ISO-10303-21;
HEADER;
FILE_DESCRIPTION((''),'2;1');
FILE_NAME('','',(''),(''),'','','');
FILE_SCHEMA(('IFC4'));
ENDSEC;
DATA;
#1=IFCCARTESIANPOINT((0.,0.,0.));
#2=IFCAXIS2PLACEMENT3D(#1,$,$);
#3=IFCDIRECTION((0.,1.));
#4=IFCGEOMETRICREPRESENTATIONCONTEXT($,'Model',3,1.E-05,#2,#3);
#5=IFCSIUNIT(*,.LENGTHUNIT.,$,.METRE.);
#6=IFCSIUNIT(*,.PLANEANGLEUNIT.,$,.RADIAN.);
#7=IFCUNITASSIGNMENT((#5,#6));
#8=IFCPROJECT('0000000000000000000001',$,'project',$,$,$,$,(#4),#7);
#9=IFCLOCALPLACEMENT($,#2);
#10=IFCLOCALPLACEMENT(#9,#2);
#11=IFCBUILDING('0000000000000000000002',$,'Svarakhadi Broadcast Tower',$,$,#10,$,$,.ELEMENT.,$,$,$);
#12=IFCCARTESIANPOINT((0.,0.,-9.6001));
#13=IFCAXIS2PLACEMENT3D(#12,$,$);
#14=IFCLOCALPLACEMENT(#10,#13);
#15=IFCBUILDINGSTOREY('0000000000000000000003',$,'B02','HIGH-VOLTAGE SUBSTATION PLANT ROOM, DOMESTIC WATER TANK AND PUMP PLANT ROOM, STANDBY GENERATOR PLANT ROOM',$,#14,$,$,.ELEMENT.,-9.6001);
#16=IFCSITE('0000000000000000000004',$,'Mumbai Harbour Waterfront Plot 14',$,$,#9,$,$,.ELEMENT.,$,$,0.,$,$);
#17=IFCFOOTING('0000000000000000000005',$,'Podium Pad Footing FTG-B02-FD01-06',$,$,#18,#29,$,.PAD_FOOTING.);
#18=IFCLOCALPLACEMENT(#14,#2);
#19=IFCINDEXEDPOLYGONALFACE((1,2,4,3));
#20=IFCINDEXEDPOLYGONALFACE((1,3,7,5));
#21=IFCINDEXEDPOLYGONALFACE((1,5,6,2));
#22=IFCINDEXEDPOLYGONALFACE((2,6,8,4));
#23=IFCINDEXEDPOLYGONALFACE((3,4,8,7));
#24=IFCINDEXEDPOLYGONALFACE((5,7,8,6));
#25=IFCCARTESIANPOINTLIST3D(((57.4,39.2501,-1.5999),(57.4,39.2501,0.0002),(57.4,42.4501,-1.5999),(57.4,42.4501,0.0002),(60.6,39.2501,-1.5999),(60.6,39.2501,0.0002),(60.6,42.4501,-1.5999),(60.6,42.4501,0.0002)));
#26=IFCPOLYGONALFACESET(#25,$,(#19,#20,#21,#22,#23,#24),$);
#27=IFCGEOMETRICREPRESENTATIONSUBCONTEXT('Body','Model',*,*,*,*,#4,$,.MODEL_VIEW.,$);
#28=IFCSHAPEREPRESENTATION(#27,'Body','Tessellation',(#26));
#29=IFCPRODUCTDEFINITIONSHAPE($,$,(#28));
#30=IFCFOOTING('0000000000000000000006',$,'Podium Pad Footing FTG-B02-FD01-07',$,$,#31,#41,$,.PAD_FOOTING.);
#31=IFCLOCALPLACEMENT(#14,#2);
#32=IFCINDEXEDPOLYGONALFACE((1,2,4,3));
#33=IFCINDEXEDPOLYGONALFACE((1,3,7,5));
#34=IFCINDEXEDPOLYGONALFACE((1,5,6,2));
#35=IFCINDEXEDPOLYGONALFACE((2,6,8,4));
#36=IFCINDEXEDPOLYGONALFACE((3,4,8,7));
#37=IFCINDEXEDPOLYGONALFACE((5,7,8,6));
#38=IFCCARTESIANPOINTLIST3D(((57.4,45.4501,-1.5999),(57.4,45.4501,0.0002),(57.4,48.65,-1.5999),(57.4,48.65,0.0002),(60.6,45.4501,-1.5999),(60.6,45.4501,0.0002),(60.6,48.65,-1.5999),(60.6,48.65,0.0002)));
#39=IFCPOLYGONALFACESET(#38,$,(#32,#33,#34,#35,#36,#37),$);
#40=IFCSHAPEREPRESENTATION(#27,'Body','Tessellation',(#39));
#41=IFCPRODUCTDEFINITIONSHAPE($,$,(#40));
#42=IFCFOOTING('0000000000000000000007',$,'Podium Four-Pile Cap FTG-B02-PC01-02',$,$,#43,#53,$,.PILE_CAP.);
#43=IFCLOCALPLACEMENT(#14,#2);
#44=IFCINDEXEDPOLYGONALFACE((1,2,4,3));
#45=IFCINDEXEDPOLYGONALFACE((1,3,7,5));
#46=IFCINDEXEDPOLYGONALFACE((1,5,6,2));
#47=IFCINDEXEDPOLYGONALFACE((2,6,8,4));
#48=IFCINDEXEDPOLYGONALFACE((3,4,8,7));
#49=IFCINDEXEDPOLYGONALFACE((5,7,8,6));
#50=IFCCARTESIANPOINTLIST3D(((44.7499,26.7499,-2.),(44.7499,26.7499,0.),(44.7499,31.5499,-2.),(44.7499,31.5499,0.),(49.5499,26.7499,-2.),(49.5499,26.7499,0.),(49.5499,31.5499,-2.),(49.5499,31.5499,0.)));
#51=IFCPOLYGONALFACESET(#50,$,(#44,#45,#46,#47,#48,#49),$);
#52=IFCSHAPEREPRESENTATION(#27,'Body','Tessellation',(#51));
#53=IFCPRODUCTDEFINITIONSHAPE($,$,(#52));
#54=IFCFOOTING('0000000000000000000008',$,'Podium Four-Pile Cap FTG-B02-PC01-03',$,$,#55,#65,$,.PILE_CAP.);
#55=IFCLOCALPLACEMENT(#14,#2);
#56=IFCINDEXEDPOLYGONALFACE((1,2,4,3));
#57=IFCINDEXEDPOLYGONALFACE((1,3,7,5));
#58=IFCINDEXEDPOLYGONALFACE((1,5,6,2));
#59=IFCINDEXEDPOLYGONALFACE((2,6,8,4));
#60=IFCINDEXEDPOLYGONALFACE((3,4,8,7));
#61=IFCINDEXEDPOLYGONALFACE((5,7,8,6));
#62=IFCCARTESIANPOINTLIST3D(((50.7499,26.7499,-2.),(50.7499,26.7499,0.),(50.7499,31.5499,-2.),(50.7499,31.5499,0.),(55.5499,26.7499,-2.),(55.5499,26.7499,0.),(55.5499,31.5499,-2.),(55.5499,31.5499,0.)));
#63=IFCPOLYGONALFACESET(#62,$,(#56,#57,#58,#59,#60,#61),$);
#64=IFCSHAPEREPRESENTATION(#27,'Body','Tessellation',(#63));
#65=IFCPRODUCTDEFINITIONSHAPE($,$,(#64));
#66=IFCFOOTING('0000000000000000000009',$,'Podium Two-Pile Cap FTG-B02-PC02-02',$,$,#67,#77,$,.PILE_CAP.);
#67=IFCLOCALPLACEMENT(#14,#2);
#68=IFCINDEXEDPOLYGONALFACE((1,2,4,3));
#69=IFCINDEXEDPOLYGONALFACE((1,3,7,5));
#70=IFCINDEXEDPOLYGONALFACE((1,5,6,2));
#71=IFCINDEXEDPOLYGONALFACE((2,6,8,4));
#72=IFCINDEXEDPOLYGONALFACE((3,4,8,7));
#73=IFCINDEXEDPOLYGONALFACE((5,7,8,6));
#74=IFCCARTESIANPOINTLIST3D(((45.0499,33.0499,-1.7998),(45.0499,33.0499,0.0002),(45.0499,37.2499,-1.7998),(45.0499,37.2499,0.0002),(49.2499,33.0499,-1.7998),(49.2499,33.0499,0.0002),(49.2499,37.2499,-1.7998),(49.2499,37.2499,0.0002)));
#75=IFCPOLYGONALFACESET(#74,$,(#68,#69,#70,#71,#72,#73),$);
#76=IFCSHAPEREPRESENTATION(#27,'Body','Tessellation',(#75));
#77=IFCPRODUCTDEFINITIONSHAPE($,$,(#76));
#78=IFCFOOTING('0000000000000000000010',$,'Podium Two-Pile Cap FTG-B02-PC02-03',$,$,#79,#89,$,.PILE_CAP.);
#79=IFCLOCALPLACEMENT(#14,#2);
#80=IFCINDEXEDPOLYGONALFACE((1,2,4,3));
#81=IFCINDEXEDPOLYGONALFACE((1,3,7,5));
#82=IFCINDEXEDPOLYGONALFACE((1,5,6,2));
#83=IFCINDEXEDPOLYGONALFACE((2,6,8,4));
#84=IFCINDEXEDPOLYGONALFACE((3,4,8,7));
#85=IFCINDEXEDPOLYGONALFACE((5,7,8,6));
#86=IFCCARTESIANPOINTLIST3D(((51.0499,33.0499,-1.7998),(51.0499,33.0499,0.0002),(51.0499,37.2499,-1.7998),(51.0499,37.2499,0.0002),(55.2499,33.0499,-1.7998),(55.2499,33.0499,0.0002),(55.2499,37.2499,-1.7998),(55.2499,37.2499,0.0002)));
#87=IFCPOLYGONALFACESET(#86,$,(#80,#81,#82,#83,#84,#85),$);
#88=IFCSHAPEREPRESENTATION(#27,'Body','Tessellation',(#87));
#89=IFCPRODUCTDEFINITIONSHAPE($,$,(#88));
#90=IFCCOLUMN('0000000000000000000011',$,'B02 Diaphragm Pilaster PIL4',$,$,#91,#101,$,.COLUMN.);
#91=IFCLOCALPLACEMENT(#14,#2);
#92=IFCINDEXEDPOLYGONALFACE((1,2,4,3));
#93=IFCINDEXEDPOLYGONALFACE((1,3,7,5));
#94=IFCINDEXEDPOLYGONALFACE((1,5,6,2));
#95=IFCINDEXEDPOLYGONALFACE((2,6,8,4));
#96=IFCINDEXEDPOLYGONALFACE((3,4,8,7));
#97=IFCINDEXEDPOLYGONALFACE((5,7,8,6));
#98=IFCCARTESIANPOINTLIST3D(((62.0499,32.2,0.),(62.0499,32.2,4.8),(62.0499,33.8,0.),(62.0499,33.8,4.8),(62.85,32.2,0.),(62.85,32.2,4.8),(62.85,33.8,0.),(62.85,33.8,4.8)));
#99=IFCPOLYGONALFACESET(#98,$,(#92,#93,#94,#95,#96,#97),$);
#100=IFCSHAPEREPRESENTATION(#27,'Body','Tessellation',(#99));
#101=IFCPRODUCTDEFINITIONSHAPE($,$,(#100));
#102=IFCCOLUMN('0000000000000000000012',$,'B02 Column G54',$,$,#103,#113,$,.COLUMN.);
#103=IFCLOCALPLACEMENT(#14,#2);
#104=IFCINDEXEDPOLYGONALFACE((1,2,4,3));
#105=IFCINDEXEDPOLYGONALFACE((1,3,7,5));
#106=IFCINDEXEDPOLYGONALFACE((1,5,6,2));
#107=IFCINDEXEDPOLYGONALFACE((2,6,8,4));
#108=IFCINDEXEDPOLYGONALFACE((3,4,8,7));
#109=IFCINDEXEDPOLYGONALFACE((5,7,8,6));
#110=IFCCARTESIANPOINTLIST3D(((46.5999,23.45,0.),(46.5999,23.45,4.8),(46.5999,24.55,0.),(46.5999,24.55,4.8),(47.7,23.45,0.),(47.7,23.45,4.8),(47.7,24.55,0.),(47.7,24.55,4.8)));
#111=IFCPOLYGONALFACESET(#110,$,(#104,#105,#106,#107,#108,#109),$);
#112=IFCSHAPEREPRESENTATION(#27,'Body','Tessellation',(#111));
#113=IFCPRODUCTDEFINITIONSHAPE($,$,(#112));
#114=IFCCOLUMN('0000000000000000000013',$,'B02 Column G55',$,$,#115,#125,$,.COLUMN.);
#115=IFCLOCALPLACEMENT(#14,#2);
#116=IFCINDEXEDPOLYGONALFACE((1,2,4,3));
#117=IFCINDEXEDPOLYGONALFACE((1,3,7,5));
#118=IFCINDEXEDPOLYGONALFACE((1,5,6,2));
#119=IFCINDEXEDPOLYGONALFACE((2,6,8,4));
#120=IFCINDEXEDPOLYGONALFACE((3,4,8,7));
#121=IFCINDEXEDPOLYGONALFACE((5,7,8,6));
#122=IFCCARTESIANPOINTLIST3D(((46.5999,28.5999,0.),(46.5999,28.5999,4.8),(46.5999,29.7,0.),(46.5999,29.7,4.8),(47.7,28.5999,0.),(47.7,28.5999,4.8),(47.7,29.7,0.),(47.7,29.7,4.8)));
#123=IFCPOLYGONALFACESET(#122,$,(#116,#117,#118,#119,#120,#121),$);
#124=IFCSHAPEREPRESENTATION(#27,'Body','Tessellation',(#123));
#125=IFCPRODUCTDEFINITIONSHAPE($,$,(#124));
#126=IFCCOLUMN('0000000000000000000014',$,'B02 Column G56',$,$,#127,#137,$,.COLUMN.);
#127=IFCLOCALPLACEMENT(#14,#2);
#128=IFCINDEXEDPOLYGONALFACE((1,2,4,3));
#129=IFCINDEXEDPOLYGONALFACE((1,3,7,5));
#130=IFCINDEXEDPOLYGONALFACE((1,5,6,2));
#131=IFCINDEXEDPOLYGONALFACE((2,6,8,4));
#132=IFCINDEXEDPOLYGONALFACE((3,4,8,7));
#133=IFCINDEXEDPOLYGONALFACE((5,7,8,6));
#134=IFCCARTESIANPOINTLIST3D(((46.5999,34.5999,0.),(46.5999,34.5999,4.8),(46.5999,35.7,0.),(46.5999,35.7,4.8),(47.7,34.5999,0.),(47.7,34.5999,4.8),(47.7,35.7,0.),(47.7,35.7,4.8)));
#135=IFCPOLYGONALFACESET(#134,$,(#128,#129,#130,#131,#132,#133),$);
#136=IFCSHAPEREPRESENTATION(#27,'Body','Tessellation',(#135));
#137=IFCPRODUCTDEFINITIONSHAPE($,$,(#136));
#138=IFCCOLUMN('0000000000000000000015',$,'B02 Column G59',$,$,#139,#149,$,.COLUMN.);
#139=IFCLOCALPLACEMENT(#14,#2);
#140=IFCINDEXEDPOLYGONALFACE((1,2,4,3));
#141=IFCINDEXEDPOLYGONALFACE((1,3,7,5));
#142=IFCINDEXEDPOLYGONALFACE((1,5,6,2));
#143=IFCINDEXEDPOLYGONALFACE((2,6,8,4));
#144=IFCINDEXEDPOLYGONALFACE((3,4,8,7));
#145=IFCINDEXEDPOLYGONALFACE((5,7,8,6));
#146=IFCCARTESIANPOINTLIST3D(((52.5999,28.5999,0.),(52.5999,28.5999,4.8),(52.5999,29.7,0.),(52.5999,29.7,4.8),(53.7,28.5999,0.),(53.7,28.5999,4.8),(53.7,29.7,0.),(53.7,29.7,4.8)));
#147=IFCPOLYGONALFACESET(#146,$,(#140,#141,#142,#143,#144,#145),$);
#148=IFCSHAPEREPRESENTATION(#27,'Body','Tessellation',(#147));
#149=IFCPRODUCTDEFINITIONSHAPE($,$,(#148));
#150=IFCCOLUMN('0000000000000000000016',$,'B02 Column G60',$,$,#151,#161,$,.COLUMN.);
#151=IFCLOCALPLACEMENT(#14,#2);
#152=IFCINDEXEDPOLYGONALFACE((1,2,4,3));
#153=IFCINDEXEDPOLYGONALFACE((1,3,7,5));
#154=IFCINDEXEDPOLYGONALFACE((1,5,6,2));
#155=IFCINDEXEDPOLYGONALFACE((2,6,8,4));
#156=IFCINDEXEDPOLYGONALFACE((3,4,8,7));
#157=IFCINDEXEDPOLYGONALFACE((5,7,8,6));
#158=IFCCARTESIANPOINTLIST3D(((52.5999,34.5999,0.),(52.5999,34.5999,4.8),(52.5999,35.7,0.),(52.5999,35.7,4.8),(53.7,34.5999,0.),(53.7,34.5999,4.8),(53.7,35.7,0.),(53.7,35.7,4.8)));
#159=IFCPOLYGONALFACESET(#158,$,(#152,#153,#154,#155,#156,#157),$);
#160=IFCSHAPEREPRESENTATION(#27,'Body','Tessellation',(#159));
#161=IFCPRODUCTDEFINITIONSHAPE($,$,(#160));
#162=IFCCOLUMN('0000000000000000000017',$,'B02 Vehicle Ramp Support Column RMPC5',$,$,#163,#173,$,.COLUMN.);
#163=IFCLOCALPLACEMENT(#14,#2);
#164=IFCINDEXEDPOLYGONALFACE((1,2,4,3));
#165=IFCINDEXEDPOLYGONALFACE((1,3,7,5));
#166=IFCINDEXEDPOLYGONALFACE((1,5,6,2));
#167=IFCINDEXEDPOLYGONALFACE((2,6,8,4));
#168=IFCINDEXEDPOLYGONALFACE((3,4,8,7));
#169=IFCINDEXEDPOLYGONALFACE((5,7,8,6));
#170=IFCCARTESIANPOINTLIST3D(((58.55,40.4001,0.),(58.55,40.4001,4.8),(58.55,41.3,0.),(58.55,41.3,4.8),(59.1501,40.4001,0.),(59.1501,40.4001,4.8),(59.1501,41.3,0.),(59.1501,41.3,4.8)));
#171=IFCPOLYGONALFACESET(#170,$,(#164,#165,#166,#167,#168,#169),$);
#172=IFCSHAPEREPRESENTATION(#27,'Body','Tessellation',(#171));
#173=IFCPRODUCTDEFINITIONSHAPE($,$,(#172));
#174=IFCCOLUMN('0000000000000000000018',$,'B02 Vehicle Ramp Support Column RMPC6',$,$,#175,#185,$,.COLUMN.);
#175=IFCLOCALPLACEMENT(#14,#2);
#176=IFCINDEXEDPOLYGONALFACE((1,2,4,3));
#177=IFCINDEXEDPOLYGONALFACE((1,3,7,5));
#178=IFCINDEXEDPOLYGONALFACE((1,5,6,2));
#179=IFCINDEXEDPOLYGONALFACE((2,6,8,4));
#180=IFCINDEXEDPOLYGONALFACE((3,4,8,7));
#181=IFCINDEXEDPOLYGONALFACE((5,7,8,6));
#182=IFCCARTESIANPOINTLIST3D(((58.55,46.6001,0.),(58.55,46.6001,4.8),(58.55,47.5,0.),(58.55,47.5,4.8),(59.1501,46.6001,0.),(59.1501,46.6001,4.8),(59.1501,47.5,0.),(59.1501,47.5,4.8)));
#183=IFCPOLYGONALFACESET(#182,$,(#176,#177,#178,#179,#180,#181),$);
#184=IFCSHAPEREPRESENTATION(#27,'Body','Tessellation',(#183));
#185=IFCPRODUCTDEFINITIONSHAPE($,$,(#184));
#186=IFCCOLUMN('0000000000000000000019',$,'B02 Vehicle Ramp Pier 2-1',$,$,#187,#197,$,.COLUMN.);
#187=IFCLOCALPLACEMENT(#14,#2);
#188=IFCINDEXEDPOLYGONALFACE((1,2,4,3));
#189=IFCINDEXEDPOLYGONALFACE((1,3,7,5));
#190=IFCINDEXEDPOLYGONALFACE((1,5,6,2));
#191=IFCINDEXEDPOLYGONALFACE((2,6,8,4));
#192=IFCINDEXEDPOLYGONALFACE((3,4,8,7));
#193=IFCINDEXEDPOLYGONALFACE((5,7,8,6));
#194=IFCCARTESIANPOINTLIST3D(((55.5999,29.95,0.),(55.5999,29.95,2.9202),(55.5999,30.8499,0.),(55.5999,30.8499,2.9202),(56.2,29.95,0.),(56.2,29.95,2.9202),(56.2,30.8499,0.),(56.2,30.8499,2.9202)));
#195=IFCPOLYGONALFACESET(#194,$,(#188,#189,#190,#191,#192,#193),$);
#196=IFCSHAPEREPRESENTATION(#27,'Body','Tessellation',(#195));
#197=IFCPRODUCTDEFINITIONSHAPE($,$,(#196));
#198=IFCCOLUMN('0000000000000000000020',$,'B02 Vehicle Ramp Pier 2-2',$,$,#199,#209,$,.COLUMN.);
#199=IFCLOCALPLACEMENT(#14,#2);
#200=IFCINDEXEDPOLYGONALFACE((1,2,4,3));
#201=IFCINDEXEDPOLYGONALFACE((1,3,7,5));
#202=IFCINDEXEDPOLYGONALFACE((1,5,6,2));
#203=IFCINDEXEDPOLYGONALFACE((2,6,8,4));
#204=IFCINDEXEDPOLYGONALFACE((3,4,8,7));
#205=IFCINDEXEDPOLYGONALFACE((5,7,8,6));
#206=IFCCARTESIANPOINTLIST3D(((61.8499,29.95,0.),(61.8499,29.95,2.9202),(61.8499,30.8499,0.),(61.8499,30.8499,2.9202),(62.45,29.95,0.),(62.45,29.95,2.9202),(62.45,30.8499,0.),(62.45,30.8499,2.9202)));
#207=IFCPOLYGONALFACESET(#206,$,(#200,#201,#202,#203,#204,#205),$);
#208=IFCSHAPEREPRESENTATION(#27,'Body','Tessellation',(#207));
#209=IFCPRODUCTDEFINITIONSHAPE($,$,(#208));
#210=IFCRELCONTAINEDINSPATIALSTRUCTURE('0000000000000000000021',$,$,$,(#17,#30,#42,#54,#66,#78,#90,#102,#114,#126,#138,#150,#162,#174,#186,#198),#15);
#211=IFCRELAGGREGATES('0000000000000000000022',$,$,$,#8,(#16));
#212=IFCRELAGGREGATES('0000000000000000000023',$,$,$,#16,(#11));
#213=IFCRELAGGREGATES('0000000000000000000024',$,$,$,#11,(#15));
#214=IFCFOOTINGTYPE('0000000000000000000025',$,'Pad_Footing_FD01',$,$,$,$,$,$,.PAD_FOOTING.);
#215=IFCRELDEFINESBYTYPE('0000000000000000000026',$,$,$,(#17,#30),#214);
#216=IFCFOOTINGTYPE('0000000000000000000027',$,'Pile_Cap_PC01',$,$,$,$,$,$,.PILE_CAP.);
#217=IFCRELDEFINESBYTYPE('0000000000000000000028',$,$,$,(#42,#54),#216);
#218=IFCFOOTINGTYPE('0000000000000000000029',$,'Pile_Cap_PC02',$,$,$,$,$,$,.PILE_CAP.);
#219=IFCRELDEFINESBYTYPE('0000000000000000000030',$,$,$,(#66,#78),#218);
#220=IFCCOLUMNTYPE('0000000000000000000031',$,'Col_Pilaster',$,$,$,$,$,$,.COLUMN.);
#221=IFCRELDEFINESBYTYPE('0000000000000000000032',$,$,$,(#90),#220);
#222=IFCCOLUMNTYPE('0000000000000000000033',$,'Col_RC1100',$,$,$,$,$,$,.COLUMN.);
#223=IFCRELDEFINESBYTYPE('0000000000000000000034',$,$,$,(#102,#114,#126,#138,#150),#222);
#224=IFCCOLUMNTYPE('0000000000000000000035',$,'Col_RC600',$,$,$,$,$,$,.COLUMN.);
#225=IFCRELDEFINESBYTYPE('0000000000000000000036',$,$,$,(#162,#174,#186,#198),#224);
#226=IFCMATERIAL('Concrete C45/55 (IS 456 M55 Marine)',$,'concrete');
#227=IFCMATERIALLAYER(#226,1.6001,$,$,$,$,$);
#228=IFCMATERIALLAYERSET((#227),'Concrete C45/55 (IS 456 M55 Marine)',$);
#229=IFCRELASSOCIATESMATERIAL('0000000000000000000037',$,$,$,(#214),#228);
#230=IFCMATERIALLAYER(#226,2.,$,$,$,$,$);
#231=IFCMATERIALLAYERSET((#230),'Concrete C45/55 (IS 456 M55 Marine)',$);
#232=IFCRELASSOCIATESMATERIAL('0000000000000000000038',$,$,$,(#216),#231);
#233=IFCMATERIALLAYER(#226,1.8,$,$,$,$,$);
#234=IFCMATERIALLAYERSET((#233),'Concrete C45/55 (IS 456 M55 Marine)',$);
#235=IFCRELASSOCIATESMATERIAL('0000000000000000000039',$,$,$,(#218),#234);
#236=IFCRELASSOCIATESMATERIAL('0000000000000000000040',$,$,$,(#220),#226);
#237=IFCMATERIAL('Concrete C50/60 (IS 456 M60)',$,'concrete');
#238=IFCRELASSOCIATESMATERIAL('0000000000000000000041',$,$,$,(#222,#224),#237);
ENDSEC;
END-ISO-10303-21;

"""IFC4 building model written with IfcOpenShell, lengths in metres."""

from ifc_helpers import new_model, si_unit, direction, frame, origin, origin_2d, place, context, subcontext, project, spatial, rectangle, extrude, material, layer, layer_set, material_profile, profile_set, type_object, element, save


model = new_model("IFC4")

# Units and contexts
model_context = context("Model", 3, precision=1e-05, world=origin(), true_north=direction((0.0, 1.0)))
body_context = subcontext(model_context, "Body", "Model", "MODEL_VIEW")
ifc_project = project(units=[si_unit("LENGTHUNIT", "METRE"), si_unit("PLANEANGLEUNIT", "RADIAN")], contexts=[model_context])

# Site, building, storey
site_placement = place(None, origin())
site = spatial("IfcSite", under=ifc_project, at=site_placement, Name="Mumbai Harbour Waterfront Plot 14", CompositionType="ELEMENT", RefElevation=0.0)
building_placement = place(site_placement, origin())
building = spatial("IfcBuilding", under=site, at=building_placement, Name="Svarakhadi Broadcast Tower", CompositionType="ELEMENT")
storey_placement = place(building_placement, frame((0.0, 0.0, -9.6001)))
storey = spatial("IfcBuildingStorey", under=building, at=storey_placement, Name="B02", Description="HIGH-VOLTAGE SUBSTATION PLANT ROOM, DOMESTIC WATER TANK AND PUMP PLANT ROOM, STANDBY GENERATOR PLANT ROOM", CompositionType="ELEMENT", Elevation=-9.6001)

# Shared definitions
ifc_material_1 = material(Name="Concrete C45/55 (IS 456 M55 Marine)", Category="concrete")

# Footings
ifc_layer_1 = layer(ifc_material_1, 1.6001)
ifc_layer_set_1 = layer_set([ifc_layer_1], Name="Concrete C45/55 (IS 456 M55 Marine)")
footing_type_1 = type_object("IfcFootingType", Name="Pad_Footing_FD01", PredefinedType="PAD_FOOTING", material=ifc_layer_set_1)
for number, where, z_axis, x_axis, name in (
    (1, (59.0, 40.8501, -1.5999), (0.0, 0.0, 1.0), (1.0, 0.0, 0.0), "Podium Pad Footing FTG-B02-FD01-06"),
    (2, (59.0, 47.05, -1.5999), (0.0, 0.0, 1.0), (1.0, 0.0, 0.0), "Podium Pad Footing FTG-B02-FD01-07"),
):
    element("IfcFooting", number, at=place(storey_placement, frame(where, z_axis=z_axis, x_axis=x_axis)), inside=storey, type_object=footing_type_1, Name=name, PredefinedType="PAD_FOOTING", context=body_context, shape_type="SweptSolid", body=[
        extrude(rectangle(XDim=3.2, YDim=3.2, at=origin_2d()), origin(), (0.0, 0.0, 1.0), 1.6001),
    ])
ifc_layer_2 = layer(ifc_material_1, 2.0)
ifc_layer_set_2 = layer_set([ifc_layer_2], Name="Concrete C45/55 (IS 456 M55 Marine)")
footing_type_2 = type_object("IfcFootingType", Name="Pile_Cap_PC01", PredefinedType="PILE_CAP", material=ifc_layer_set_2)
for number, where, z_axis, x_axis, name in (
    (3, (47.1499, 29.1499, -2.0), (0.0, 0.0, 1.0), (1.0, 0.0, 0.0), "Podium Four-Pile Cap FTG-B02-PC01-02"),
    (4, (53.1499, 29.1499, -2.0), (0.0, 0.0, 1.0), (1.0, 0.0, 0.0), "Podium Four-Pile Cap FTG-B02-PC01-03"),
):
    element("IfcFooting", number, at=place(storey_placement, frame(where, z_axis=z_axis, x_axis=x_axis)), inside=storey, type_object=footing_type_2, Name=name, PredefinedType="PILE_CAP", context=body_context, shape_type="SweptSolid", body=[
        extrude(rectangle(XDim=4.8, YDim=4.8, at=origin_2d()), origin(), (0.0, 0.0, 1.0), 2.0),
    ])
ifc_layer_3 = layer(ifc_material_1, 1.8)
ifc_layer_set_3 = layer_set([ifc_layer_3], Name="Concrete C45/55 (IS 456 M55 Marine)")
footing_type_3 = type_object("IfcFootingType", Name="Pile_Cap_PC02", PredefinedType="PILE_CAP", material=ifc_layer_set_3)
for number, where, z_axis, x_axis, name in (
    (5, (47.1499, 35.1499, -1.7998), (0.0, 0.0, 1.0), (1.0, 0.0, 0.0), "Podium Two-Pile Cap FTG-B02-PC02-02"),
    (6, (53.1499, 35.1499, -1.7998), (0.0, 0.0, 1.0), (1.0, 0.0, 0.0), "Podium Two-Pile Cap FTG-B02-PC02-03"),
):
    element("IfcFooting", number, at=place(storey_placement, frame(where, z_axis=z_axis, x_axis=x_axis)), inside=storey, type_object=footing_type_3, Name=name, PredefinedType="PILE_CAP", context=body_context, shape_type="SweptSolid", body=[
        extrude(rectangle(XDim=4.2, YDim=4.2, at=origin_2d()), origin(), (0.0, 0.0, 1.0), 1.8),
    ])

# Columns
ifc_material_profile_1 = material_profile(ifc_material_1, rectangle(XDim=0.8, YDim=1.6001, at=origin_2d()), Name="RC 800x1600")
ifc_profile_set_1 = profile_set([ifc_material_profile_1], Name="Concrete C45/55 (IS 456 M55 Marine)")
column_type_1 = type_object("IfcColumnType", Name="Col_Pilaster", PredefinedType="COLUMN", material=ifc_profile_set_1)
column_placement = place(storey_placement, frame((62.45, 33.0, 0.0), z_axis=(0.0, 0.0, 1.0), x_axis=(1.0, 0.0, 0.0)))
element("IfcColumn", 7, at=column_placement, inside=storey, type_object=column_type_1, Name="B02 Diaphragm Pilaster PIL4", PredefinedType="COLUMN", context=body_context, shape_type="SweptSolid", body=[
    extrude(rectangle(XDim=0.8, YDim=1.6001, at=origin_2d()), origin(), (0.0, 0.0, 1.0), 4.8),
])
ifc_material_2 = material(Name="Concrete C50/60 (IS 456 M60)", Category="concrete")
ifc_material_profile_2 = material_profile(ifc_material_2, rectangle(XDim=1.1001, YDim=1.1001, at=origin_2d()), Name="RC 1100x1100")
ifc_profile_set_2 = profile_set([ifc_material_profile_2], Name="Concrete C50/60 (IS 456 M60)")
column_type_2 = type_object("IfcColumnType", Name="Col_RC1100", PredefinedType="COLUMN", material=ifc_profile_set_2)
for number, where, z_axis, x_axis, name in (
    (8, (47.1499, 24.0, 0.0), (0.0, 0.0, 1.0), (1.0, 0.0, 0.0), "B02 Column G54"),
    (9, (47.1499, 29.1499, 0.0), (0.0, 0.0, 1.0), (1.0, 0.0, 0.0), "B02 Column G55"),
    (10, (47.1499, 35.1499, 0.0), (0.0, 0.0, 1.0), (1.0, 0.0, 0.0), "B02 Column G56"),
    (11, (53.1499, 29.1499, 0.0), (0.0, 0.0, 1.0), (1.0, 0.0, 0.0), "B02 Column G59"),
    (12, (53.1499, 35.1499, 0.0), (0.0, 0.0, 1.0), (1.0, 0.0, 0.0), "B02 Column G60"),
):
    element("IfcColumn", number, at=place(storey_placement, frame(where, z_axis=z_axis, x_axis=x_axis)), inside=storey, type_object=column_type_2, Name=name, PredefinedType="COLUMN", context=body_context, shape_type="SweptSolid", body=[
        extrude(rectangle(XDim=1.1001, YDim=1.1001, at=origin_2d()), origin(), (0.0, 0.0, 1.0), 4.8),
    ])
ifc_material_profile_3 = material_profile(ifc_material_2, rectangle(XDim=0.6001, YDim=0.8999, at=origin_2d()), Name="RC 600x900")
ifc_profile_set_3 = profile_set([ifc_material_profile_3], Name="Concrete C50/60 (IS 456 M60)")
column_type_3 = type_object("IfcColumnType", Name="Col_RC600", PredefinedType="COLUMN", material=ifc_profile_set_3)
for number, where, z_axis, x_axis, name in (
    (13, (58.8501, 40.8501, 0.0), (0.0, 0.0, 1.0), (1.0, 0.0, 0.0), "B02 Vehicle Ramp Support Column RMPC5"),
    (14, (58.8501, 47.05, 0.0), (0.0, 0.0, 1.0), (1.0, 0.0, 0.0), "B02 Vehicle Ramp Support Column RMPC6"),
):
    element("IfcColumn", number, at=place(storey_placement, frame(where, z_axis=z_axis, x_axis=x_axis)), inside=storey, type_object=column_type_3, Name=name, PredefinedType="COLUMN", context=body_context, shape_type="SweptSolid", body=[
        extrude(rectangle(XDim=0.6001, YDim=0.8999, at=origin_2d()), origin(), (0.0, 0.0, 1.0), 4.8),
    ])
for number, where, z_axis, x_axis, name in (
    (15, (55.8999, 30.3999, 0.0), (0.0, 0.0, 1.0), (1.0, 0.0, 0.0), "B02 Vehicle Ramp Pier 2-1"),
    (16, (62.1499, 30.3999, 0.0), (0.0, 0.0, 1.0), (1.0, 0.0, 0.0), "B02 Vehicle Ramp Pier 2-2"),
):
    element("IfcColumn", number, at=place(storey_placement, frame(where, z_axis=z_axis, x_axis=x_axis)), inside=storey, type_object=column_type_3, Name=name, PredefinedType="COLUMN", context=body_context, shape_type="SweptSolid", body=[
        extrude(rectangle(XDim=0.6001, YDim=0.8999, at=origin_2d()), origin(), (0.0, 0.0, 1.0), 2.9202),
    ])

save(model, "model.ifc")
